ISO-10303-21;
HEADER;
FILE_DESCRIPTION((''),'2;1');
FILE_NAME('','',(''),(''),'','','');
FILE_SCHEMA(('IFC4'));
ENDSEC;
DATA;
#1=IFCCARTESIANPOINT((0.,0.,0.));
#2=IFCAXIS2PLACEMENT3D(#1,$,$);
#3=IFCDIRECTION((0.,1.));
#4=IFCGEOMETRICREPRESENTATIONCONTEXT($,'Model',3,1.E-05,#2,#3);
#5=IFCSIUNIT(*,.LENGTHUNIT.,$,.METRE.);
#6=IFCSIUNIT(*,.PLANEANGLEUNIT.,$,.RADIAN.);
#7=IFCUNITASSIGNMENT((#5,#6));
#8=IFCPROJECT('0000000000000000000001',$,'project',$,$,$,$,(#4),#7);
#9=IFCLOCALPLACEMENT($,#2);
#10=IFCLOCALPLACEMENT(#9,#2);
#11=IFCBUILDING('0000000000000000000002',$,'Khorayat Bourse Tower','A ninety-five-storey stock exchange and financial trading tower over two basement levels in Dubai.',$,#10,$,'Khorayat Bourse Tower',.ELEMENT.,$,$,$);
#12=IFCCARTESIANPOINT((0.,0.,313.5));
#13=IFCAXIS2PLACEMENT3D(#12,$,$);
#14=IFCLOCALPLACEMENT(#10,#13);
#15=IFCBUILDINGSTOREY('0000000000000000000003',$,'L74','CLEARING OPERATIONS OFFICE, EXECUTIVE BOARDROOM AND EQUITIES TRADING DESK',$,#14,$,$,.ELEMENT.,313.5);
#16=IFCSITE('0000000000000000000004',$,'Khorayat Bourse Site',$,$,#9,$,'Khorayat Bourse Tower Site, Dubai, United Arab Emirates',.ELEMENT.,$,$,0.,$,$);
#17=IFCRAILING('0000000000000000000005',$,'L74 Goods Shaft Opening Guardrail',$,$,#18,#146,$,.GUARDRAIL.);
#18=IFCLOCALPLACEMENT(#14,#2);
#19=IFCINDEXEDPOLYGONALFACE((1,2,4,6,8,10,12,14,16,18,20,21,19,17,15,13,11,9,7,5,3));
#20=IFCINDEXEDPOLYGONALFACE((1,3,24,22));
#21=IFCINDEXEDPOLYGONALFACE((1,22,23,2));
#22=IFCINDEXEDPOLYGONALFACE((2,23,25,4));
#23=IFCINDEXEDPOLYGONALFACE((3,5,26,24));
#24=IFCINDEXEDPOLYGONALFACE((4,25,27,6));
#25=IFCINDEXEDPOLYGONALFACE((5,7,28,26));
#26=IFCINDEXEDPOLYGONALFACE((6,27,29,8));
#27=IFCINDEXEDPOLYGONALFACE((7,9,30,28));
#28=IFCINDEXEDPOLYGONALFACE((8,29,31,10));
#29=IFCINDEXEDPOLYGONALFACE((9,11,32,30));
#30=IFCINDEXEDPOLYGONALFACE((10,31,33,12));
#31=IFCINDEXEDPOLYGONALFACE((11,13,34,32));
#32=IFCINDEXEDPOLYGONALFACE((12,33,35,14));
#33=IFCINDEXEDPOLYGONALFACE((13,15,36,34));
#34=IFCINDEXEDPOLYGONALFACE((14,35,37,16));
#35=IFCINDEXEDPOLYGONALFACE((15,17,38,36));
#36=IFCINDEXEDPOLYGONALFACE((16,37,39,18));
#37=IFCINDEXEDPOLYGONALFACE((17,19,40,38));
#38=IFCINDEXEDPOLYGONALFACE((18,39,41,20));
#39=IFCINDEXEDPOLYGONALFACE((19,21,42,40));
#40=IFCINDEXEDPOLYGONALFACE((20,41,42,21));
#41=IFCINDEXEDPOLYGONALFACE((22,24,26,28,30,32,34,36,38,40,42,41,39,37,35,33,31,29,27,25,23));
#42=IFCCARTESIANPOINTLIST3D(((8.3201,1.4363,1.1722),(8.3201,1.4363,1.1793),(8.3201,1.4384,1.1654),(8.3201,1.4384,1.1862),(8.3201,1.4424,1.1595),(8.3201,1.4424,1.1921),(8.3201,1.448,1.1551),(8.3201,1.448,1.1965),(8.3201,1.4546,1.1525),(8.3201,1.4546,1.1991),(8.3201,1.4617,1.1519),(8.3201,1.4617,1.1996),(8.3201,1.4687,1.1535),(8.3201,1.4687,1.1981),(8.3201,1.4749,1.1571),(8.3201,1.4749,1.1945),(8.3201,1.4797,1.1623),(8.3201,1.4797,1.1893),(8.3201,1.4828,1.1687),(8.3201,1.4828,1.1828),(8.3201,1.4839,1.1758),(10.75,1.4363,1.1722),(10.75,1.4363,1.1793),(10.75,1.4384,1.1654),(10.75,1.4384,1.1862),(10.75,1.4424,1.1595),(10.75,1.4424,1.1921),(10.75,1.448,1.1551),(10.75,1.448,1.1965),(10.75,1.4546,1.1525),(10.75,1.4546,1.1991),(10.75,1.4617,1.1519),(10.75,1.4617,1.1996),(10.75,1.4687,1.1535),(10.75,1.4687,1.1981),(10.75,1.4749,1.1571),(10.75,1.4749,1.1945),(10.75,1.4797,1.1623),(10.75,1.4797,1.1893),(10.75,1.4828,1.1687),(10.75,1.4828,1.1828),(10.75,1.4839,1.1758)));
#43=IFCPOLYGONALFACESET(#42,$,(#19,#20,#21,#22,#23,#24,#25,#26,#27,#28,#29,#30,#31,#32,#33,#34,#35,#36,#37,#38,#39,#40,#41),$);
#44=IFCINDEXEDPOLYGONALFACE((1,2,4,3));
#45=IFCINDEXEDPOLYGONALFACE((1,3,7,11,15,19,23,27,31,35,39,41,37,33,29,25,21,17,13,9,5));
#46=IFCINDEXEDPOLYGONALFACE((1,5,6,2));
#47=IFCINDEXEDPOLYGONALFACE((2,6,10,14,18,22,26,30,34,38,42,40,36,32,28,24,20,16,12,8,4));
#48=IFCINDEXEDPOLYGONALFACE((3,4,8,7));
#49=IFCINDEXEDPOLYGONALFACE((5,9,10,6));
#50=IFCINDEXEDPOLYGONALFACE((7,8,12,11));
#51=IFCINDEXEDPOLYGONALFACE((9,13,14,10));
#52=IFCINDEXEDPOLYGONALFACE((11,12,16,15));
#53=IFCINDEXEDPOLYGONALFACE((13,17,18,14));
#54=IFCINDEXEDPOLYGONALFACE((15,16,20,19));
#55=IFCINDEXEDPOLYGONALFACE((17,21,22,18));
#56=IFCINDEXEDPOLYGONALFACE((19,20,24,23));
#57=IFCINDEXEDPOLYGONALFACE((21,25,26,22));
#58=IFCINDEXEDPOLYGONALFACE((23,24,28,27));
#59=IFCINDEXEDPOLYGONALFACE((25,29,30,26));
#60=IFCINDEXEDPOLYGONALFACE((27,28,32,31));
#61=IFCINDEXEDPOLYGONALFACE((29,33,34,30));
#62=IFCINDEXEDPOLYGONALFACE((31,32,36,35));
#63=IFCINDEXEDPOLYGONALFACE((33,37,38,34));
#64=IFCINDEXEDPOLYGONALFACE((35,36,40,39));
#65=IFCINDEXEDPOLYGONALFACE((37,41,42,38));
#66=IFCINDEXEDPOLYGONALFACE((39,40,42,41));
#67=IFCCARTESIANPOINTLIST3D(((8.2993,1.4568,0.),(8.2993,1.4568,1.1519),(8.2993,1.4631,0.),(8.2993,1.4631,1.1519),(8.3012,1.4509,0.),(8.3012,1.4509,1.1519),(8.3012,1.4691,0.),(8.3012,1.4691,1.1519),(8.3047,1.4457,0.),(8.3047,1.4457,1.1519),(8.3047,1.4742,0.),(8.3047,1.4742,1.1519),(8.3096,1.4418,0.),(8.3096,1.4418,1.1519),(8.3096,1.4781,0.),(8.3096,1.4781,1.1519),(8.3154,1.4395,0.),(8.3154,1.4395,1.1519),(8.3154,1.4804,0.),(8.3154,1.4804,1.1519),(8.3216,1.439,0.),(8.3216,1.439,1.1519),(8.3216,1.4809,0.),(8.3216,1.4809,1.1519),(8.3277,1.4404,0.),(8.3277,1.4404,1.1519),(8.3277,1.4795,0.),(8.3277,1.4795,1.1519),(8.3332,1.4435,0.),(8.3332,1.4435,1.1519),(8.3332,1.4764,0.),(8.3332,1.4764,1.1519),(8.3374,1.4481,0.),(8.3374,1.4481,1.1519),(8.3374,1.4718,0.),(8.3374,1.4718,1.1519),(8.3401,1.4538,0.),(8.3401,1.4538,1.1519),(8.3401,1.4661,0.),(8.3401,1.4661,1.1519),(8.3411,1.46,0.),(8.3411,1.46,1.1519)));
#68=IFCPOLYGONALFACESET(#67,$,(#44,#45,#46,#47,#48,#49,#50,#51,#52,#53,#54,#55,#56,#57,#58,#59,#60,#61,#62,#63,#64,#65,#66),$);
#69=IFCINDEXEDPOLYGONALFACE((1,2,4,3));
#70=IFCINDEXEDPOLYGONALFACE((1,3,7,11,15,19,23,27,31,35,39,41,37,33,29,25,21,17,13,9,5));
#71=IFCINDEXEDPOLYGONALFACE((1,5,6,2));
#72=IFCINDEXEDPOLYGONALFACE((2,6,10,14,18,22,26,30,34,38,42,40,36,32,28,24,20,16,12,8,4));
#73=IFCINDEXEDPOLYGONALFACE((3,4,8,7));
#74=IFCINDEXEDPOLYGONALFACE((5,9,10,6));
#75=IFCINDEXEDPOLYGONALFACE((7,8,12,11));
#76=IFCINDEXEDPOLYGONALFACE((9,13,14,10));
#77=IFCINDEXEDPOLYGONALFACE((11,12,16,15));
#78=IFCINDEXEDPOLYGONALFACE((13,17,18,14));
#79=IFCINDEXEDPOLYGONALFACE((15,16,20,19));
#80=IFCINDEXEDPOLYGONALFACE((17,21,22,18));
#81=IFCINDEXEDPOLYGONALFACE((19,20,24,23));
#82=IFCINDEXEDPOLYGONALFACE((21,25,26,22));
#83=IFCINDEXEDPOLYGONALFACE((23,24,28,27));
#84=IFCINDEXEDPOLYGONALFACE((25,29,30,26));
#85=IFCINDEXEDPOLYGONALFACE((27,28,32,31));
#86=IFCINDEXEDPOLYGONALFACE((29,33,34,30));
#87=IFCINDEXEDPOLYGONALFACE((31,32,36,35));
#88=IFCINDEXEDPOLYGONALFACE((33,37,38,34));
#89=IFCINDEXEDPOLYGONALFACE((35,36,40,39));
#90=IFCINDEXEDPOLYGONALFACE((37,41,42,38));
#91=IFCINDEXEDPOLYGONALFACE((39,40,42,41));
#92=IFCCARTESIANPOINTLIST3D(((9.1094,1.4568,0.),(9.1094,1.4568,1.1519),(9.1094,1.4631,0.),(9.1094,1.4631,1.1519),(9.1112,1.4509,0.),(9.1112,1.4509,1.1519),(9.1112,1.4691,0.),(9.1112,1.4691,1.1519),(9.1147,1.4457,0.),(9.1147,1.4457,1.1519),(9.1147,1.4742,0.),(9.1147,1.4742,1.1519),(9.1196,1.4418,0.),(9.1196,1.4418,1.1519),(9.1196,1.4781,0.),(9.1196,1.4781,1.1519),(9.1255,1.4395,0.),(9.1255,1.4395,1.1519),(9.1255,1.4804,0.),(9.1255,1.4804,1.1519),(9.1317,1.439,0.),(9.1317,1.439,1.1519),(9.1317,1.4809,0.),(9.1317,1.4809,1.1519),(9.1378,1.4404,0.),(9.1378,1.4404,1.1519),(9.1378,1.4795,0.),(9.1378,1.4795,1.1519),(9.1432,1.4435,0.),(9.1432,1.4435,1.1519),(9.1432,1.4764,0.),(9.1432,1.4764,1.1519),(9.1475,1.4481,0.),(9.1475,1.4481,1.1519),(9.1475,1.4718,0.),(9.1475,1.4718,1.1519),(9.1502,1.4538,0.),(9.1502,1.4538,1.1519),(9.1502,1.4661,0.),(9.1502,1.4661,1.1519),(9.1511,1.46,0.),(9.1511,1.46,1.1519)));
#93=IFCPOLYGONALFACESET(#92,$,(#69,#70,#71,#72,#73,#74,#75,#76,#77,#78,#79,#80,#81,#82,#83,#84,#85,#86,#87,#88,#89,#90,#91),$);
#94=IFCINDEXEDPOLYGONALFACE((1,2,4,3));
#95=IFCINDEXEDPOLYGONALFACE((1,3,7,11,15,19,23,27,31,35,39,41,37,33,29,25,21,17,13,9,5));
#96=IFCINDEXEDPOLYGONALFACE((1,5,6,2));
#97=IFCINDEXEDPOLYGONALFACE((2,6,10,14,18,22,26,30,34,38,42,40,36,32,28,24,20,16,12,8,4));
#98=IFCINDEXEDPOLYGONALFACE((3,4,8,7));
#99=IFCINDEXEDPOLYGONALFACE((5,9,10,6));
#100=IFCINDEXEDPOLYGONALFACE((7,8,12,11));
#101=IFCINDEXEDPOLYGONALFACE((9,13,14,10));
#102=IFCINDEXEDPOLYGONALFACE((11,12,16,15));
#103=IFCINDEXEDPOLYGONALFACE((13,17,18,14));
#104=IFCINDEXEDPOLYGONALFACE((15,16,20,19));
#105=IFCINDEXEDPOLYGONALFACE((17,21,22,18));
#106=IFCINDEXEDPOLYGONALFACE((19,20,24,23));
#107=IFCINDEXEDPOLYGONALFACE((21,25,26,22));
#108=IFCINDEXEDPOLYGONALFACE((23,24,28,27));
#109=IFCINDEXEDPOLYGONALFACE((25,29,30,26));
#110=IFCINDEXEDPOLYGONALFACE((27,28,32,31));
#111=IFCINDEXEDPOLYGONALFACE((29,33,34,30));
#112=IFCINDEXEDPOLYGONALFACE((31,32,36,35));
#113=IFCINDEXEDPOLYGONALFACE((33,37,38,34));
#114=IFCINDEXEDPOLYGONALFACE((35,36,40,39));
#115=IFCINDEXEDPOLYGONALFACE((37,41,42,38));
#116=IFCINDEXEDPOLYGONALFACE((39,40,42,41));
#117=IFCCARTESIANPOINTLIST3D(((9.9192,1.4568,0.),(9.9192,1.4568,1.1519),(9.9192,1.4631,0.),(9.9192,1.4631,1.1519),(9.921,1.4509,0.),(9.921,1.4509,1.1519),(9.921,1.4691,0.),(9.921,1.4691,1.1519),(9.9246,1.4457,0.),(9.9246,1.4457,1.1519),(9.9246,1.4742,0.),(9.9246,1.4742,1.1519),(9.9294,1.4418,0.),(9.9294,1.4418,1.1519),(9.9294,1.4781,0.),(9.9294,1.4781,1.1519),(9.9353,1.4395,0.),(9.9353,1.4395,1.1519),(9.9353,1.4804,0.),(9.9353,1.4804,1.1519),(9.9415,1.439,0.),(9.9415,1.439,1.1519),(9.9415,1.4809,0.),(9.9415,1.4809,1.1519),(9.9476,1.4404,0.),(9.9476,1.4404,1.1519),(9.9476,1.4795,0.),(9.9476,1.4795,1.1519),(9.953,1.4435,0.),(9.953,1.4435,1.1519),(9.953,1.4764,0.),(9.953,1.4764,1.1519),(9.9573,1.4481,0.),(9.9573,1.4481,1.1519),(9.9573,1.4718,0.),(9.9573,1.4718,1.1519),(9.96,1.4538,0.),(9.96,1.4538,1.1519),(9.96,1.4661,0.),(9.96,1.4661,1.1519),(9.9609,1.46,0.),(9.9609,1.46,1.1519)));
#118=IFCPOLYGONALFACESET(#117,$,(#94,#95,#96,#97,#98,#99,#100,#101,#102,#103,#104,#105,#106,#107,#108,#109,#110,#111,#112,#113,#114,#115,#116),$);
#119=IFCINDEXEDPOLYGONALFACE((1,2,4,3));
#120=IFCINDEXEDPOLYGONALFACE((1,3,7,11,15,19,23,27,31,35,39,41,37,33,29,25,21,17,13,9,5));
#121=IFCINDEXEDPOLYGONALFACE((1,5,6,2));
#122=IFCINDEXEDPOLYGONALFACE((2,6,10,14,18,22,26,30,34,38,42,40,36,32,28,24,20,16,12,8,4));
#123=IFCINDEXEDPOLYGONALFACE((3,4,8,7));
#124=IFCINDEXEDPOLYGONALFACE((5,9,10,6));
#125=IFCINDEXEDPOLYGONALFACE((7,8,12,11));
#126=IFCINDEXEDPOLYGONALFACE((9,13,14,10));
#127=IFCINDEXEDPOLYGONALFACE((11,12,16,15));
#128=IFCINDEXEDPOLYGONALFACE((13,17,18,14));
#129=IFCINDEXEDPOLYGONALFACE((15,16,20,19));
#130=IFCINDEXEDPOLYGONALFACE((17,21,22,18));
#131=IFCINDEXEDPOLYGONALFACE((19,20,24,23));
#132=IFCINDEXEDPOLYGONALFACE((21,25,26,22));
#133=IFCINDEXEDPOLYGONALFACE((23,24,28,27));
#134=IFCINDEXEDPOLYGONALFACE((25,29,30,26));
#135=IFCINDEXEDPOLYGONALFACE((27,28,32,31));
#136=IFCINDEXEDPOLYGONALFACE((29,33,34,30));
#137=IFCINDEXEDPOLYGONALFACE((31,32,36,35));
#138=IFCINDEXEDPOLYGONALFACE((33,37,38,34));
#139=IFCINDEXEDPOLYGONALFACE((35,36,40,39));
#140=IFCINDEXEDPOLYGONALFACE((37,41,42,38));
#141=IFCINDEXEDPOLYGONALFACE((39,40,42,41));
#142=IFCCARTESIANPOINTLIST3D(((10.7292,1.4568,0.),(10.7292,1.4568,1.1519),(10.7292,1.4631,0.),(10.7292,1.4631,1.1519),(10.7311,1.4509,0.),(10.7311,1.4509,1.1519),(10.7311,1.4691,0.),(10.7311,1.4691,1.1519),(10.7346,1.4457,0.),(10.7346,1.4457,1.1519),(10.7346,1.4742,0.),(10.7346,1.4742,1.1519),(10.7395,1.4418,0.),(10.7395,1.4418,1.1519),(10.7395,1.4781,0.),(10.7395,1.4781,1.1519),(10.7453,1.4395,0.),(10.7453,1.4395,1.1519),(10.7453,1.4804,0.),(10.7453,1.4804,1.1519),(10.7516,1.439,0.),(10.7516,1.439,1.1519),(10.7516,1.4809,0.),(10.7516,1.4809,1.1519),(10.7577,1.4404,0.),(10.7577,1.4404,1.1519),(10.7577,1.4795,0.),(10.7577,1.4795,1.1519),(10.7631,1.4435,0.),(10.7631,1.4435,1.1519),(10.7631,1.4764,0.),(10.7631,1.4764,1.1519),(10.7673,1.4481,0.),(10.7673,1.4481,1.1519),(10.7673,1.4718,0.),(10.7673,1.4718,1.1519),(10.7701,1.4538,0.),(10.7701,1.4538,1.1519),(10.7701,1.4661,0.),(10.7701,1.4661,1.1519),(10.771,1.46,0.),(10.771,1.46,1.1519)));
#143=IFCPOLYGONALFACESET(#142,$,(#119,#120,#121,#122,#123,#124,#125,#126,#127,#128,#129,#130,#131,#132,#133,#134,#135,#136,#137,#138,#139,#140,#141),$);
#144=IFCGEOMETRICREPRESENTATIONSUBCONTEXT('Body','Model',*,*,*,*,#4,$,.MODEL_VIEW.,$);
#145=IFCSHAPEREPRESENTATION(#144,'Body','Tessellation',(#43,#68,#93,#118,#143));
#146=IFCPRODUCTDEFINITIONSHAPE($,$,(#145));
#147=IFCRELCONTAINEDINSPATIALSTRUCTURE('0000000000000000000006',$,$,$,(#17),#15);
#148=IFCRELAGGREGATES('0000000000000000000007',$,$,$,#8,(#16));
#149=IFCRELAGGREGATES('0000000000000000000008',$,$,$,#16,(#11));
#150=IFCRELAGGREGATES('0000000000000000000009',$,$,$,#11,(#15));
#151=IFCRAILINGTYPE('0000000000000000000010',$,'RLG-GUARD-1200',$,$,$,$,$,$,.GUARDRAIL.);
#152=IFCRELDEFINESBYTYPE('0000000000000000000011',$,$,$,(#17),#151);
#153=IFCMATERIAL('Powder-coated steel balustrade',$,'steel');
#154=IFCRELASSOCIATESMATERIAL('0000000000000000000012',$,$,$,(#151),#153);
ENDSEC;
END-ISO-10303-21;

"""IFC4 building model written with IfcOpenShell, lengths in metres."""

from ifc_helpers import new_model, si_unit, direction, frame, origin, origin_2d, place, context, subcontext, project, spatial, circle, extrude, source, transform, mapped, material, type_object, element, save


model = new_model("IFC4")

# Units and contexts
model_context = context("Model", 3, precision=1e-05, world=origin(), true_north=direction((0.0, 1.0)))
body_context = subcontext(model_context, "Body", "Model", "MODEL_VIEW")
ifc_project = project(units=[si_unit("LENGTHUNIT", "METRE"), si_unit("PLANEANGLEUNIT", "RADIAN")], contexts=[model_context])

# Site, building, storey
site_placement = place(None, origin())
site = spatial("IfcSite", under=ifc_project, at=site_placement, Name="Khorayat Bourse Site", LongName="Khorayat Bourse Tower Site, Dubai, United Arab Emirates", CompositionType="ELEMENT", RefElevation=0.0)
building_placement = place(site_placement, origin())
building = spatial("IfcBuilding", under=site, at=building_placement, Name="Khorayat Bourse Tower", Description="A ninety-five-storey stock exchange and financial trading tower over two basement levels in Dubai.", LongName="Khorayat Bourse Tower", CompositionType="ELEMENT")
storey_placement = place(building_placement, frame((0.0, 0.0, 313.5)))
storey = spatial("IfcBuildingStorey", under=building, at=storey_placement, Name="L74", Description="CLEARING OPERATIONS OFFICE, EXECUTIVE BOARDROOM AND EQUITIES TRADING DESK", CompositionType="ELEMENT", Elevation=313.5)

# Railing
ifc_material_1 = material(Name="Powder-coated steel balustrade", Category="steel")
railing_type = type_object("IfcRailingType", Name="RLG-GUARD-1200", PredefinedType="GUARDRAIL", material=ifc_material_1)
shared_shape_1 = source(origin(), body_context, "Body", "SweptSolid", [
    extrude(circle(Radius=0.0239, at=origin_2d()), frame((0.0, 0.0, 1.1758), z_axis=(1.0, 0.0, 0.0), x_axis=(0.0, 1.0, 0.0)), (0.0, 0.0, 1.0), 2.4299),
    extrude(circle(Radius=0.021, at=origin_2d()), origin(), (0.0, 0.0, 1.0), 1.1519),
    extrude(circle(Radius=0.021, at=origin_2d()), frame((0.8101, 0.0, 0.0)), (0.0, 0.0, 1.0), 1.1519),
    extrude(circle(Radius=0.021, at=origin_2d()), frame((1.6199, 0.0, 0.0)), (0.0, 0.0, 1.0), 1.1519),
    extrude(circle(Radius=0.021, at=origin_2d()), frame((2.4299, 0.0, 0.0)), (0.0, 0.0, 1.0), 1.1519),
])
railing_placement = place(storey_placement, frame((8.3201, 1.46, 0.0)))
element("IfcRailing", 1, at=railing_placement, inside=storey, type_object=railing_type, Name="L74 Goods Shaft Opening Guardrail", PredefinedType="GUARDRAIL", context=body_context, shape_type="MappedRepresentation", body=[
    mapped(shared_shape_1, transform((0.0, 0.0, 0.0), scale=1.0)),
])

save(model, "model.ifc")
